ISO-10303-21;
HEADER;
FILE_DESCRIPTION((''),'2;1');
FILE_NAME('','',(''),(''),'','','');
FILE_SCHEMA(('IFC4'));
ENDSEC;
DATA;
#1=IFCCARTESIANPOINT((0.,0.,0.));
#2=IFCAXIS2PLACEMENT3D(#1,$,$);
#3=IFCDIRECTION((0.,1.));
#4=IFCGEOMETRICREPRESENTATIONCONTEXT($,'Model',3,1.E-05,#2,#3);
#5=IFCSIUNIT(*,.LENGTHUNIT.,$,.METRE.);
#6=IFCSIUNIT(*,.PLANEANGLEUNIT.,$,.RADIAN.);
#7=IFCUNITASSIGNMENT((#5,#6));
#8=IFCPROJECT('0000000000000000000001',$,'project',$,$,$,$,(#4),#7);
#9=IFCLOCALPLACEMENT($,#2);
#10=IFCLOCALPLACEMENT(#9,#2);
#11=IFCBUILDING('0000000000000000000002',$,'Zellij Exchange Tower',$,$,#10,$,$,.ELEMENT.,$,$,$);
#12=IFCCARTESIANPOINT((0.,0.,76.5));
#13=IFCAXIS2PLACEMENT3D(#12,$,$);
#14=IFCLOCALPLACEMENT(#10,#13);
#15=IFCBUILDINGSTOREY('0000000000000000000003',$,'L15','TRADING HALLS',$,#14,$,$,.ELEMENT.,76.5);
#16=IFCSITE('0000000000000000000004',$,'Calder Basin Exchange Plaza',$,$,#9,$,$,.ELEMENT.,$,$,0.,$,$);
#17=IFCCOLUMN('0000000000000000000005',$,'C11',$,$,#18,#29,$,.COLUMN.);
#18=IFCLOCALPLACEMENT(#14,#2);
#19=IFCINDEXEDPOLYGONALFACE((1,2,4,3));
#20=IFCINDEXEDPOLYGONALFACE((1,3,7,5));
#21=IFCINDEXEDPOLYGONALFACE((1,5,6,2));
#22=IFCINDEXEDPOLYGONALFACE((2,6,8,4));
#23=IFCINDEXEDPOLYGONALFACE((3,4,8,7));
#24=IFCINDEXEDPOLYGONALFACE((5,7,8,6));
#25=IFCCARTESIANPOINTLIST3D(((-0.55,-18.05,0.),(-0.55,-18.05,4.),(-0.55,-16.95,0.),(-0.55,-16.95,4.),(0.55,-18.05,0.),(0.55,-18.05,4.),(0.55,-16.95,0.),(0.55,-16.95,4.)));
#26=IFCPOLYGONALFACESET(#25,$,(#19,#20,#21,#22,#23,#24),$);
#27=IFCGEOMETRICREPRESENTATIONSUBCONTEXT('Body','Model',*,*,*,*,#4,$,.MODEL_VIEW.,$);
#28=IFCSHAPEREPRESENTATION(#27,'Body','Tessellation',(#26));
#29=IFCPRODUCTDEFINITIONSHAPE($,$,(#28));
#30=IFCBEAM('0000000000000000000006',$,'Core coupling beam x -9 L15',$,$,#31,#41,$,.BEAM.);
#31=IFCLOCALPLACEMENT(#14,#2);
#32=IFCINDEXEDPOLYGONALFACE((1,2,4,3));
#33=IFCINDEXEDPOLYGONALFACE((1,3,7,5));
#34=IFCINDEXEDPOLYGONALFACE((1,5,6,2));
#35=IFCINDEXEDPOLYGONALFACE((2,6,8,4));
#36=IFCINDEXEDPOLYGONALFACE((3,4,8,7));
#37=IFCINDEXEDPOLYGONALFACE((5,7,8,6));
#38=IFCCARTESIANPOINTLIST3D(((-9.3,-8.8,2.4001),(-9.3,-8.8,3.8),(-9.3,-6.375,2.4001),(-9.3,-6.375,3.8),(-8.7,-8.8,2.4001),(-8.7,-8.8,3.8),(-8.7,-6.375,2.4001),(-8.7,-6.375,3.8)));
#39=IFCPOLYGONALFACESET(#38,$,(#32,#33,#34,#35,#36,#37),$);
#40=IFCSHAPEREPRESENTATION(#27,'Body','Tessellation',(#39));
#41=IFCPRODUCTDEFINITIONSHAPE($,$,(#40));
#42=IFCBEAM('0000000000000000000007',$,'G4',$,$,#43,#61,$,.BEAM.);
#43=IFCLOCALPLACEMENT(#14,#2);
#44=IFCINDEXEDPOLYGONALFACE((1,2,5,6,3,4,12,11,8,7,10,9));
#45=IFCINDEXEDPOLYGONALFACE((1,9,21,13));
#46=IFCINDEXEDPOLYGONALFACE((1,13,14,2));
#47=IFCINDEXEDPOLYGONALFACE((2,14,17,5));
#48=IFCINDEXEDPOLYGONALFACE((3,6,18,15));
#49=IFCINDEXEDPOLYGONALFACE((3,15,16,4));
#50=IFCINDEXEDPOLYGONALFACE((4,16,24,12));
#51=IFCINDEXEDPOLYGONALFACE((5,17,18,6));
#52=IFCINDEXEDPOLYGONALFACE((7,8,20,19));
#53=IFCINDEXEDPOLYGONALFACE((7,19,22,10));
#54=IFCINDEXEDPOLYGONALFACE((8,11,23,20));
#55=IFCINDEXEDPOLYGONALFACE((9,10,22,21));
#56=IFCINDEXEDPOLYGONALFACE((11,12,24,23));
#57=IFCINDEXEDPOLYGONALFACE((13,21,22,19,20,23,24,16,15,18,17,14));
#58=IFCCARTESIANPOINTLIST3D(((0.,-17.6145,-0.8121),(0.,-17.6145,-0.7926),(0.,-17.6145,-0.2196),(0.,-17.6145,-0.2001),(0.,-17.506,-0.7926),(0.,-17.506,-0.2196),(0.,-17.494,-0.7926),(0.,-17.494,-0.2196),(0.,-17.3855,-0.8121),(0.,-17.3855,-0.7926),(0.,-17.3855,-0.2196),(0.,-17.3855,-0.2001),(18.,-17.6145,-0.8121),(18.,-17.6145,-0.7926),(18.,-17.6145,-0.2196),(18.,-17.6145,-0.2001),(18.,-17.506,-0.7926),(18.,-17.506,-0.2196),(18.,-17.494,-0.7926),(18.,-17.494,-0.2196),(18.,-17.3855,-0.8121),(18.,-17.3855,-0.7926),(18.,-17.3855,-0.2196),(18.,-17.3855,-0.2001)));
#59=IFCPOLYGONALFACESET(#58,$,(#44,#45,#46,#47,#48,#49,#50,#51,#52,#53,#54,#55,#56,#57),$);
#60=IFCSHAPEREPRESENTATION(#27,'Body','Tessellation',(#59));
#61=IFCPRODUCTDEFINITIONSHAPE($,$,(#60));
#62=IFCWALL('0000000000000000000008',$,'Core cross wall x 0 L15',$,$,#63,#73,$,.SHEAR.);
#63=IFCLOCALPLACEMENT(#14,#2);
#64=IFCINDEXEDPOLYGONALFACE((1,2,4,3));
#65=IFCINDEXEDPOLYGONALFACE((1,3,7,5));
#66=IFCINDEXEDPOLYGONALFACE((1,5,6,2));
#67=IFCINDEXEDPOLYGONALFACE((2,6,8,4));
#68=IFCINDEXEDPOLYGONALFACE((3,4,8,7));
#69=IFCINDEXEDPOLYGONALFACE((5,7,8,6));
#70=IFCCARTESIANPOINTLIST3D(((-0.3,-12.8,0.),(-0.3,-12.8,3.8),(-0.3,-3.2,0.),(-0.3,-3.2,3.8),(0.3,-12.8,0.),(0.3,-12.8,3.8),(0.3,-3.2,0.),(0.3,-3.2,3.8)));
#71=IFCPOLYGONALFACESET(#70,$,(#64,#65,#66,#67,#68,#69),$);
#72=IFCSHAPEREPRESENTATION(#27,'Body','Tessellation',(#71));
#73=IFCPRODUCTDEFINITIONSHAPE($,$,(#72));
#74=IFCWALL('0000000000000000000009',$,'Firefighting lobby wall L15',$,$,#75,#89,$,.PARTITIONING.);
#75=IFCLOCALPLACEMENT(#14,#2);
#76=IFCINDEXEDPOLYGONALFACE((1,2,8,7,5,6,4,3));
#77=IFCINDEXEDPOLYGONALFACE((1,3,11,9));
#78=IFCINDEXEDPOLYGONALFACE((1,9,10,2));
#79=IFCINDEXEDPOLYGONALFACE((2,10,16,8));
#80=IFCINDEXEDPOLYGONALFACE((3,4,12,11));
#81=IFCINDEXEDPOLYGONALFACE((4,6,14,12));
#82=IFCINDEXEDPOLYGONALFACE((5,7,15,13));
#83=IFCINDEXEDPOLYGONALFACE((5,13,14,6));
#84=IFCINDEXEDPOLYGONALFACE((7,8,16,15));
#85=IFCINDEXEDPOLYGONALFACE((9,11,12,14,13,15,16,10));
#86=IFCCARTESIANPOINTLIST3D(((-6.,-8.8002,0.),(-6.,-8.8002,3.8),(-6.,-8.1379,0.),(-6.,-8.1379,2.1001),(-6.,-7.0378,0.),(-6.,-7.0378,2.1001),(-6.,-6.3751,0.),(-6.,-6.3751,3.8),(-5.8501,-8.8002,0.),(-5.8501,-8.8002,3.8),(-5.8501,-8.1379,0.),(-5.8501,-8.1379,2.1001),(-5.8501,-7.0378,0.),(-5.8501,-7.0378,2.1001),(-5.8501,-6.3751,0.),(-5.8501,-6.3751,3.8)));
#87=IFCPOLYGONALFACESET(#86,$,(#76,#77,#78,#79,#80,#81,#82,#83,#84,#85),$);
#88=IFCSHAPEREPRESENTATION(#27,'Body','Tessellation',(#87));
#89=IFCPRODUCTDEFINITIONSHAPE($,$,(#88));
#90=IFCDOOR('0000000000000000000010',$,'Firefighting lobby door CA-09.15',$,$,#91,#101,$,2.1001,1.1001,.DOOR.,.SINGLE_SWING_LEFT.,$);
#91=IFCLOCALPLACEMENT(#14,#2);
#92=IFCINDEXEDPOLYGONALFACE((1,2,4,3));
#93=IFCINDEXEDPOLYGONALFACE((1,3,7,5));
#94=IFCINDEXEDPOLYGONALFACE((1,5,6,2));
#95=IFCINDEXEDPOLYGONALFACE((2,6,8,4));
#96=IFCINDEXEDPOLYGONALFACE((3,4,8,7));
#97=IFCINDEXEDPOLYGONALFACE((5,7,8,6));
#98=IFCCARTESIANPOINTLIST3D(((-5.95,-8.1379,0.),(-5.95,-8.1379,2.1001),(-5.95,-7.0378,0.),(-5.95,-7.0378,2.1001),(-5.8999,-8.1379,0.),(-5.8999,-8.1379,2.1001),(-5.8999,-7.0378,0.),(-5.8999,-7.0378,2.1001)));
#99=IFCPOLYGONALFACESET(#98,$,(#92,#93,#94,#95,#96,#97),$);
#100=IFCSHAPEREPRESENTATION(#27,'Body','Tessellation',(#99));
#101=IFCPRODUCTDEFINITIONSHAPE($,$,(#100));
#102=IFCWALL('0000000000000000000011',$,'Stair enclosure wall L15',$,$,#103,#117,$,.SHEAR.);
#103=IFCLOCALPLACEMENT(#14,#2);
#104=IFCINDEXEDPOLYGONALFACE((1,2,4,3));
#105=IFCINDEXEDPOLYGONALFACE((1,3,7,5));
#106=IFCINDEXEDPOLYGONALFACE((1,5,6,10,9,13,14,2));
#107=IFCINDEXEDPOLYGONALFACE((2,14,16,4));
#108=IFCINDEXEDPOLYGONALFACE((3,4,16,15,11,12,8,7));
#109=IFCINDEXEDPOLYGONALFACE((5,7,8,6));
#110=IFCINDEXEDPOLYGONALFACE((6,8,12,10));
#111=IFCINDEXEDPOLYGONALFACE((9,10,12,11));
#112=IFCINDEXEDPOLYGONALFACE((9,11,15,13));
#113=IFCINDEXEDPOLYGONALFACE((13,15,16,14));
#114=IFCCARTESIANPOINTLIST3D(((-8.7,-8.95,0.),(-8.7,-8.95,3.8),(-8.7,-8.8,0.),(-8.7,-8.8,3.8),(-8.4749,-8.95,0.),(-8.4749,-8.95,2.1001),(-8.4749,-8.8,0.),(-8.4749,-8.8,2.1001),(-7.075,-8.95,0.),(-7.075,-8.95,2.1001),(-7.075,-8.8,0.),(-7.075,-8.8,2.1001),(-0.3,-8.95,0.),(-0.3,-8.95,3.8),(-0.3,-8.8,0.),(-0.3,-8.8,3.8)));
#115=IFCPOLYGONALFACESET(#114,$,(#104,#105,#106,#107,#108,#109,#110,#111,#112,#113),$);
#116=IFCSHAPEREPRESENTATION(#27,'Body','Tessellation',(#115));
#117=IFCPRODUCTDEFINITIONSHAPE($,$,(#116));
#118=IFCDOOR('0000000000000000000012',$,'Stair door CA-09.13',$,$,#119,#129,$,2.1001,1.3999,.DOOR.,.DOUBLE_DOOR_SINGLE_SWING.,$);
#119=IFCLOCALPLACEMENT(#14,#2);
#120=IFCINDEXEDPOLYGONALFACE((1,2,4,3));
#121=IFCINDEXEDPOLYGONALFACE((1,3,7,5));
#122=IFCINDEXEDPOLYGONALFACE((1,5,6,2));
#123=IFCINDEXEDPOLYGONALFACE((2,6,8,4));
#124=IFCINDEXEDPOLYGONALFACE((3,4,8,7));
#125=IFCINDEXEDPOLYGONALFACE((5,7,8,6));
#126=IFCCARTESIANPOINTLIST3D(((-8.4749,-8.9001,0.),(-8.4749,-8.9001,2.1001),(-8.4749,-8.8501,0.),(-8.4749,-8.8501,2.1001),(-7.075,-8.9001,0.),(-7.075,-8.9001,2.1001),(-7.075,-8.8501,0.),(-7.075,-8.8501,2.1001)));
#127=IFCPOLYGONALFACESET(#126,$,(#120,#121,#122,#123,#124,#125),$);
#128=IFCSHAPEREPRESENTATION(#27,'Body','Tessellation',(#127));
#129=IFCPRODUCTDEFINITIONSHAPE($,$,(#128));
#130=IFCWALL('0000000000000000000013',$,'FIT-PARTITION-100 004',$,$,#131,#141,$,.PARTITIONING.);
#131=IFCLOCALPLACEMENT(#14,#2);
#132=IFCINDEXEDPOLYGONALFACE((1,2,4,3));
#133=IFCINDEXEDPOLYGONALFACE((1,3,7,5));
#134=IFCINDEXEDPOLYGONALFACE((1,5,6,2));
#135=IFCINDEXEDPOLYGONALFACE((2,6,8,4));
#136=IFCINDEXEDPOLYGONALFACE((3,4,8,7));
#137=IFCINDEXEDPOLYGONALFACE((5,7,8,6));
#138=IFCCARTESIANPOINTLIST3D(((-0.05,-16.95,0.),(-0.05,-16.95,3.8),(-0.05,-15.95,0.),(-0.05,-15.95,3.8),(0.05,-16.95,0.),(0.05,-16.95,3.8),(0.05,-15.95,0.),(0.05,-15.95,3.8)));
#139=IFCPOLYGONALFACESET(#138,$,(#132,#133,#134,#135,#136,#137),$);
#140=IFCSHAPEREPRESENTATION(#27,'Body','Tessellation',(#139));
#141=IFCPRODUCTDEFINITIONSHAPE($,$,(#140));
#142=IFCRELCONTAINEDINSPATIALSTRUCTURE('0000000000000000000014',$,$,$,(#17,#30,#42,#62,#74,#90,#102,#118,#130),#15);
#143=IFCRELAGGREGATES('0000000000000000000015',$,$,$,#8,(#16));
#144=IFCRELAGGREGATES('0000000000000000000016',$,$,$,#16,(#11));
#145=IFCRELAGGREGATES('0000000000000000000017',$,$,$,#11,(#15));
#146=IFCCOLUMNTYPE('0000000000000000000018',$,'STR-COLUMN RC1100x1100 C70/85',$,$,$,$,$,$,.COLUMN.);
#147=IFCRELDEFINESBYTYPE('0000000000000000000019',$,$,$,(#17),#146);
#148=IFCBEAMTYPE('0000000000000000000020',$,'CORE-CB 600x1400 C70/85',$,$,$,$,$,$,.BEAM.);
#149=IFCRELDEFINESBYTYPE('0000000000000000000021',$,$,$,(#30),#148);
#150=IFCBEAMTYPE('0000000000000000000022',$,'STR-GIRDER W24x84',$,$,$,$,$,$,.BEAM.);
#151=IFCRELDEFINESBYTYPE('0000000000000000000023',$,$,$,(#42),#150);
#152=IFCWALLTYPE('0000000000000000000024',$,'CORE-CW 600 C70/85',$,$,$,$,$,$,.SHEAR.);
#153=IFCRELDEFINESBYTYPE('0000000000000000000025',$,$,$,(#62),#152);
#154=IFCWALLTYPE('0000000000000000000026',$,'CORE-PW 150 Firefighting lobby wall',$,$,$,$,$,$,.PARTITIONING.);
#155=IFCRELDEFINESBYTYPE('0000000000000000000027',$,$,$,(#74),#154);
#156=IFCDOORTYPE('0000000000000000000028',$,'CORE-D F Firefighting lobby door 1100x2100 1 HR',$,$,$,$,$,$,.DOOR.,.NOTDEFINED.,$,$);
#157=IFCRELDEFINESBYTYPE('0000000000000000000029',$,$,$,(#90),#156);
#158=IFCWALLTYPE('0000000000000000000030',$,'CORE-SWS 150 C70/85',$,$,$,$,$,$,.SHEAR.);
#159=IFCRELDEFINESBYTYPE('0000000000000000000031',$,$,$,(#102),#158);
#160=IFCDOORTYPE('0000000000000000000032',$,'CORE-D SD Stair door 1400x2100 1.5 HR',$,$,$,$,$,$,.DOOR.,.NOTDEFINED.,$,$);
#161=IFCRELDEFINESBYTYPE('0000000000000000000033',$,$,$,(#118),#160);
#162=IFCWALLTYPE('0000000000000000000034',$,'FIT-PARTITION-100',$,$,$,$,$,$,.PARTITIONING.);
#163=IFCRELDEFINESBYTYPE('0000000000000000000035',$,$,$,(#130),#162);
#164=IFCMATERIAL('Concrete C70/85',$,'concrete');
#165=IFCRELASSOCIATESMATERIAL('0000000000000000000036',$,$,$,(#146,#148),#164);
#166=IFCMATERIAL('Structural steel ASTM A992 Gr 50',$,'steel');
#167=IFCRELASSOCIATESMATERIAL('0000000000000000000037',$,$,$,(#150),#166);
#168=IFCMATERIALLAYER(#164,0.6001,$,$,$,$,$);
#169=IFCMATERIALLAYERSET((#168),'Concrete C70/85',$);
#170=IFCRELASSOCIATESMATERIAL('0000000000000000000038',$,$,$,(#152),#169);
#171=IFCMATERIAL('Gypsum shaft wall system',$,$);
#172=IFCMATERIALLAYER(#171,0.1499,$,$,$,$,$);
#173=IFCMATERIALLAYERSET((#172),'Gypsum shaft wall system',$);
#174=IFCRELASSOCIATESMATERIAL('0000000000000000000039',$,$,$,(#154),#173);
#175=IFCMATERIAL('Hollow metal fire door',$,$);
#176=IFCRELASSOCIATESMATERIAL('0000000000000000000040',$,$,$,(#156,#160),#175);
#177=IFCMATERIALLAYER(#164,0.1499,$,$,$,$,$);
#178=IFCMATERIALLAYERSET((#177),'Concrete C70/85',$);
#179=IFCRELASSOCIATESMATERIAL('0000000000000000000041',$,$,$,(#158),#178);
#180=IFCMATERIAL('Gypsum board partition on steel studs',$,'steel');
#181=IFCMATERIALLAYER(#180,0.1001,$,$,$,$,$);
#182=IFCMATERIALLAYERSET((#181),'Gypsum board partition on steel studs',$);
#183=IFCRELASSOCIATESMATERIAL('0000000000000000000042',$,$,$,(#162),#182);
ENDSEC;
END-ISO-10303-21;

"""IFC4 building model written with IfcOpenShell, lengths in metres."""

from ifc_helpers import new_model, si_unit, direction, frame, frame_2d, origin, origin_2d, place, context, subcontext, project, spatial, rectangle, i_section, extrude, material, layer, layer_set, material_profile, profile_set, type_object, element, fill, save


model = new_model("IFC4")

# Units and contexts
model_context = context("Model", 3, precision=1e-05, world=origin(), true_north=direction((0.0, 1.0)))
body_context = subcontext(model_context, "Body", "Model", "MODEL_VIEW")
ifc_project = project(units=[si_unit("LENGTHUNIT", "METRE"), si_unit("PLANEANGLEUNIT", "RADIAN")], contexts=[model_context])

# Site, building, storey
site_placement = place(None, origin())
site = spatial("IfcSite", under=ifc_project, at=site_placement, Name="Calder Basin Exchange Plaza", CompositionType="ELEMENT", RefElevation=0.0)
building_placement = place(site_placement, origin())
building = spatial("IfcBuilding", under=site, at=building_placement, Name="Zellij Exchange Tower", CompositionType="ELEMENT")
storey_placement = place(building_placement, frame((0.0, 0.0, 76.5)))
storey = spatial("IfcBuildingStorey", under=building, at=storey_placement, Name="L15", Description="TRADING HALLS", CompositionType="ELEMENT", Elevation=76.5)

# Column
ifc_material_1 = material(Name="Concrete C70/85", Category="concrete")
ifc_material_profile_1 = material_profile(ifc_material_1, rectangle(XDim=1.1001, YDim=1.1001, at=origin_2d()), Name="STR-COLUMN RC1100x1100 C70/85")
ifc_profile_set_1 = profile_set([ifc_material_profile_1], Name="Concrete C70/85")
column_type = type_object("IfcColumnType", Name="STR-COLUMN RC1100x1100 C70/85", PredefinedType="COLUMN", material=ifc_profile_set_1)
column_placement = place(storey_placement, frame((0.0, -17.5, 0.0), z_axis=(0.0, 0.0, 1.0), x_axis=(1.0, 0.0, 0.0)))
element("IfcColumn", 1, at=column_placement, inside=storey, type_object=column_type, Name="C11", PredefinedType="COLUMN", context=body_context, shape_type="SweptSolid", body=[
    extrude(rectangle(XDim=1.1001, YDim=1.1001, at=origin_2d()), origin(), (0.0, 0.0, 1.0), 4.0),
])

# Beams
ifc_material_profile_2 = material_profile(ifc_material_1, rectangle(XDim=0.6001, YDim=1.3999, at=origin_2d()), Name="CORE-CB 600x1400 C70/85")
ifc_profile_set_2 = profile_set([ifc_material_profile_2], Name="Concrete C70/85")
beam_type_1 = type_object("IfcBeamType", Name="CORE-CB 600x1400 C70/85", PredefinedType="BEAM", material=ifc_profile_set_2)
beam_1_placement = place(storey_placement, frame((-9.0, -8.8, 3.1001), z_axis=(0.0, 1.0, 0.0), x_axis=(-1.0, 0.0, 0.0)))
element("IfcBeam", 2, at=beam_1_placement, inside=storey, type_object=beam_type_1, Name="Core coupling beam x -9 L15", PredefinedType="BEAM", context=body_context, shape_type="SweptSolid", body=[
    extrude(rectangle(XDim=0.6001, YDim=1.3999, at=origin_2d()), origin(), (0.0, 0.0, 1.0), 2.425),
])
ifc_material_2 = material(Name="Structural steel ASTM A992 Gr 50", Category="steel")
ifc_material_profile_3 = material_profile(ifc_material_2, i_section(OverallWidth=0.229, OverallDepth=0.6121, WebThickness=0.012, FlangeThickness=0.0195, at=origin_2d()), Name="W24x84")
ifc_profile_set_3 = profile_set([ifc_material_profile_3], Name="Structural steel ASTM A992 Gr 50")
beam_type_2 = type_object("IfcBeamType", Name="STR-GIRDER W24x84", PredefinedType="BEAM", material=ifc_profile_set_3)
beam_2_placement = place(storey_placement, frame((0.0, -17.5, -0.5061), z_axis=(1.0, 0.0, 0.0), x_axis=(0.0, 1.0, 0.0)))
element("IfcBeam", 3, at=beam_2_placement, inside=storey, type_object=beam_type_2, Name="G4", PredefinedType="BEAM", context=body_context, shape_type="SweptSolid", body=[
    extrude(i_section(OverallWidth=0.229, OverallDepth=0.6121, WebThickness=0.012, FlangeThickness=0.0195, at=origin_2d()), origin(), (0.0, 0.0, 1.0), 18.0),
])

# Wall
ifc_layer_1 = layer(ifc_material_1, 0.6001)
ifc_layer_set_1 = layer_set([ifc_layer_1], Name="Concrete C70/85")
wall_type_1 = type_object("IfcWallType", Name="CORE-CW 600 C70/85", PredefinedType="SHEAR", material=ifc_layer_set_1)
wall_1_placement = place(storey_placement, frame((0.0, -12.8, 0.0), z_axis=(0.0, 0.0, 1.0), x_axis=(0.0, 1.0, 0.0)))
element("IfcWall", 4, at=wall_1_placement, inside=storey, type_object=wall_type_1, Name="Core cross wall x 0 L15", PredefinedType="SHEAR", context=body_context, shape_type="SweptSolid", body=[
    extrude(rectangle(XDim=9.6001, YDim=0.6001, at=frame_2d((4.8, 0.0))), origin(), (0.0, 0.0, 1.0), 3.8),
])

# Walls, openings, doors
ifc_material_3 = material(Name="Gypsum shaft wall system")
ifc_layer_2 = layer(ifc_material_3, 0.1499)
ifc_layer_set_2 = layer_set([ifc_layer_2], Name="Gypsum shaft wall system")
wall_type_2 = type_object("IfcWallType", Name="CORE-PW 150 Firefighting lobby wall", PredefinedType="PARTITIONING", material=ifc_layer_set_2)
wall_2_placement = place(storey_placement, frame((-5.925, -8.8, 0.0), z_axis=(0.0, 0.0, 1.0), x_axis=(0.0, 1.0, 0.0)))
wall_2 = element("IfcWall", 5, at=wall_2_placement, inside=storey, type_object=wall_type_2, Name="Firefighting lobby wall L15", PredefinedType="PARTITIONING", context=body_context, shape_type="SweptSolid", body=[
    extrude(rectangle(XDim=2.425, YDim=0.1499, at=frame_2d((1.2124, 0.0))), origin(), (0.0, 0.0, 1.0), 3.8),
])
opening_1_placement = place(wall_2_placement, frame((0.6621, 0.0, 0.0)))
opening_1 = element("IfcOpeningElement", 6, at=opening_1_placement, cuts=wall_2, PredefinedType="OPENING", context=body_context, shape_type="SweptSolid", body=[
    extrude(rectangle(XDim=1.1001, YDim=2.1001, at=frame_2d((0.55, 1.05))), frame((0.0, 0.0869, 0.0), z_axis=(0.0, -1.0, 0.0), x_axis=(1.0, 0.0, 0.0)), (0.0, 0.0, 1.0), 0.1738),
])
ifc_material_4 = material(Name="Hollow metal fire door")
door_type_1 = type_object("IfcDoorType", Name="CORE-D F Firefighting lobby door 1100x2100 1 HR", OperationType="NOTDEFINED", PredefinedType="DOOR", material=ifc_material_4)
door_1_placement = place(opening_1_placement, origin())
door_1 = element("IfcDoor", 7, at=door_1_placement, inside=storey, type_object=door_type_1, Name="Firefighting lobby door CA-09.15", OperationType="SINGLE_SWING_LEFT", OverallHeight=2.1001, OverallWidth=1.1001, PredefinedType="DOOR", context=body_context, shape_type="SweptSolid", body=[
    extrude(rectangle(XDim=1.1001, YDim=2.1001, at=frame_2d((0.55, 1.05))), frame((0.0, 0.0249, 0.0), z_axis=(0.0, -1.0, 0.0), x_axis=(1.0, 0.0, 0.0)), (0.0, 0.0, 1.0), 0.05),
])
fill(opening_1, door_1)
ifc_layer_3 = layer(ifc_material_1, 0.1499)
ifc_layer_set_3 = layer_set([ifc_layer_3], Name="Concrete C70/85")
wall_type_3 = type_object("IfcWallType", Name="CORE-SWS 150 C70/85", PredefinedType="SHEAR", material=ifc_layer_set_3)
wall_3_placement = place(storey_placement, frame((-8.7, -8.875, 0.0), z_axis=(0.0, 0.0, 1.0), x_axis=(1.0, 0.0, 0.0)))
wall_3 = element("IfcWall", 8, at=wall_3_placement, inside=storey, type_object=wall_type_3, Name="Stair enclosure wall L15", PredefinedType="SHEAR", context=body_context, shape_type="SweptSolid", body=[
    extrude(rectangle(XDim=8.3999, YDim=0.1499, at=frame_2d((4.2, 0.0))), origin(), (0.0, 0.0, 1.0), 3.8),
])
opening_2_placement = place(wall_3_placement, frame((0.2251, 0.0, 0.0)))
opening_2 = element("IfcOpeningElement", 9, at=opening_2_placement, cuts=wall_3, PredefinedType="OPENING", context=body_context, shape_type="SweptSolid", body=[
    extrude(rectangle(XDim=1.3999, YDim=2.1001, at=frame_2d((0.7, 1.05))), frame((0.0, 0.0869, 0.0), z_axis=(0.0, -1.0, 0.0), x_axis=(1.0, 0.0, 0.0)), (0.0, 0.0, 1.0), 0.1738),
])
door_type_2 = type_object("IfcDoorType", Name="CORE-D SD Stair door 1400x2100 1.5 HR", OperationType="NOTDEFINED", PredefinedType="DOOR", material=ifc_material_4)
door_2_placement = place(opening_2_placement, origin())
door_2 = element("IfcDoor", 10, at=door_2_placement, inside=storey, type_object=door_type_2, Name="Stair door CA-09.13", OperationType="DOUBLE_DOOR_SINGLE_SWING", OverallHeight=2.1001, OverallWidth=1.3999, PredefinedType="DOOR", context=body_context, shape_type="SweptSolid", body=[
    extrude(rectangle(XDim=1.3999, YDim=2.1001, at=frame_2d((0.7, 1.05))), frame((0.0, 0.0249, 0.0), z_axis=(0.0, -1.0, 0.0), x_axis=(1.0, 0.0, 0.0)), (0.0, 0.0, 1.0), 0.05),
])
fill(opening_2, door_2)

# Wall
ifc_material_5 = material(Name="Gypsum board partition on steel studs", Category="steel")
ifc_layer_4 = layer(ifc_material_5, 0.1001)
ifc_layer_set_4 = layer_set([ifc_layer_4], Name="Gypsum board partition on steel studs")
wall_type_4 = type_object("IfcWallType", Name="FIT-PARTITION-100", PredefinedType="PARTITIONING", material=ifc_layer_set_4)
wall_4_placement = place(storey_placement, frame((0.0, -16.95, 0.0), z_axis=(0.0, 0.0, 1.0), x_axis=(0.0, 1.0, 0.0)))
element("IfcWall", 11, at=wall_4_placement, inside=storey, type_object=wall_type_4, Name="FIT-PARTITION-100 004", PredefinedType="PARTITIONING", context=body_context, shape_type="SweptSolid", body=[
    extrude(rectangle(XDim=1.0, YDim=0.1001, at=frame_2d((0.5, 0.0))), origin(), (0.0, 0.0, 1.0), 3.8),
])

save(model, "model.ifc")
